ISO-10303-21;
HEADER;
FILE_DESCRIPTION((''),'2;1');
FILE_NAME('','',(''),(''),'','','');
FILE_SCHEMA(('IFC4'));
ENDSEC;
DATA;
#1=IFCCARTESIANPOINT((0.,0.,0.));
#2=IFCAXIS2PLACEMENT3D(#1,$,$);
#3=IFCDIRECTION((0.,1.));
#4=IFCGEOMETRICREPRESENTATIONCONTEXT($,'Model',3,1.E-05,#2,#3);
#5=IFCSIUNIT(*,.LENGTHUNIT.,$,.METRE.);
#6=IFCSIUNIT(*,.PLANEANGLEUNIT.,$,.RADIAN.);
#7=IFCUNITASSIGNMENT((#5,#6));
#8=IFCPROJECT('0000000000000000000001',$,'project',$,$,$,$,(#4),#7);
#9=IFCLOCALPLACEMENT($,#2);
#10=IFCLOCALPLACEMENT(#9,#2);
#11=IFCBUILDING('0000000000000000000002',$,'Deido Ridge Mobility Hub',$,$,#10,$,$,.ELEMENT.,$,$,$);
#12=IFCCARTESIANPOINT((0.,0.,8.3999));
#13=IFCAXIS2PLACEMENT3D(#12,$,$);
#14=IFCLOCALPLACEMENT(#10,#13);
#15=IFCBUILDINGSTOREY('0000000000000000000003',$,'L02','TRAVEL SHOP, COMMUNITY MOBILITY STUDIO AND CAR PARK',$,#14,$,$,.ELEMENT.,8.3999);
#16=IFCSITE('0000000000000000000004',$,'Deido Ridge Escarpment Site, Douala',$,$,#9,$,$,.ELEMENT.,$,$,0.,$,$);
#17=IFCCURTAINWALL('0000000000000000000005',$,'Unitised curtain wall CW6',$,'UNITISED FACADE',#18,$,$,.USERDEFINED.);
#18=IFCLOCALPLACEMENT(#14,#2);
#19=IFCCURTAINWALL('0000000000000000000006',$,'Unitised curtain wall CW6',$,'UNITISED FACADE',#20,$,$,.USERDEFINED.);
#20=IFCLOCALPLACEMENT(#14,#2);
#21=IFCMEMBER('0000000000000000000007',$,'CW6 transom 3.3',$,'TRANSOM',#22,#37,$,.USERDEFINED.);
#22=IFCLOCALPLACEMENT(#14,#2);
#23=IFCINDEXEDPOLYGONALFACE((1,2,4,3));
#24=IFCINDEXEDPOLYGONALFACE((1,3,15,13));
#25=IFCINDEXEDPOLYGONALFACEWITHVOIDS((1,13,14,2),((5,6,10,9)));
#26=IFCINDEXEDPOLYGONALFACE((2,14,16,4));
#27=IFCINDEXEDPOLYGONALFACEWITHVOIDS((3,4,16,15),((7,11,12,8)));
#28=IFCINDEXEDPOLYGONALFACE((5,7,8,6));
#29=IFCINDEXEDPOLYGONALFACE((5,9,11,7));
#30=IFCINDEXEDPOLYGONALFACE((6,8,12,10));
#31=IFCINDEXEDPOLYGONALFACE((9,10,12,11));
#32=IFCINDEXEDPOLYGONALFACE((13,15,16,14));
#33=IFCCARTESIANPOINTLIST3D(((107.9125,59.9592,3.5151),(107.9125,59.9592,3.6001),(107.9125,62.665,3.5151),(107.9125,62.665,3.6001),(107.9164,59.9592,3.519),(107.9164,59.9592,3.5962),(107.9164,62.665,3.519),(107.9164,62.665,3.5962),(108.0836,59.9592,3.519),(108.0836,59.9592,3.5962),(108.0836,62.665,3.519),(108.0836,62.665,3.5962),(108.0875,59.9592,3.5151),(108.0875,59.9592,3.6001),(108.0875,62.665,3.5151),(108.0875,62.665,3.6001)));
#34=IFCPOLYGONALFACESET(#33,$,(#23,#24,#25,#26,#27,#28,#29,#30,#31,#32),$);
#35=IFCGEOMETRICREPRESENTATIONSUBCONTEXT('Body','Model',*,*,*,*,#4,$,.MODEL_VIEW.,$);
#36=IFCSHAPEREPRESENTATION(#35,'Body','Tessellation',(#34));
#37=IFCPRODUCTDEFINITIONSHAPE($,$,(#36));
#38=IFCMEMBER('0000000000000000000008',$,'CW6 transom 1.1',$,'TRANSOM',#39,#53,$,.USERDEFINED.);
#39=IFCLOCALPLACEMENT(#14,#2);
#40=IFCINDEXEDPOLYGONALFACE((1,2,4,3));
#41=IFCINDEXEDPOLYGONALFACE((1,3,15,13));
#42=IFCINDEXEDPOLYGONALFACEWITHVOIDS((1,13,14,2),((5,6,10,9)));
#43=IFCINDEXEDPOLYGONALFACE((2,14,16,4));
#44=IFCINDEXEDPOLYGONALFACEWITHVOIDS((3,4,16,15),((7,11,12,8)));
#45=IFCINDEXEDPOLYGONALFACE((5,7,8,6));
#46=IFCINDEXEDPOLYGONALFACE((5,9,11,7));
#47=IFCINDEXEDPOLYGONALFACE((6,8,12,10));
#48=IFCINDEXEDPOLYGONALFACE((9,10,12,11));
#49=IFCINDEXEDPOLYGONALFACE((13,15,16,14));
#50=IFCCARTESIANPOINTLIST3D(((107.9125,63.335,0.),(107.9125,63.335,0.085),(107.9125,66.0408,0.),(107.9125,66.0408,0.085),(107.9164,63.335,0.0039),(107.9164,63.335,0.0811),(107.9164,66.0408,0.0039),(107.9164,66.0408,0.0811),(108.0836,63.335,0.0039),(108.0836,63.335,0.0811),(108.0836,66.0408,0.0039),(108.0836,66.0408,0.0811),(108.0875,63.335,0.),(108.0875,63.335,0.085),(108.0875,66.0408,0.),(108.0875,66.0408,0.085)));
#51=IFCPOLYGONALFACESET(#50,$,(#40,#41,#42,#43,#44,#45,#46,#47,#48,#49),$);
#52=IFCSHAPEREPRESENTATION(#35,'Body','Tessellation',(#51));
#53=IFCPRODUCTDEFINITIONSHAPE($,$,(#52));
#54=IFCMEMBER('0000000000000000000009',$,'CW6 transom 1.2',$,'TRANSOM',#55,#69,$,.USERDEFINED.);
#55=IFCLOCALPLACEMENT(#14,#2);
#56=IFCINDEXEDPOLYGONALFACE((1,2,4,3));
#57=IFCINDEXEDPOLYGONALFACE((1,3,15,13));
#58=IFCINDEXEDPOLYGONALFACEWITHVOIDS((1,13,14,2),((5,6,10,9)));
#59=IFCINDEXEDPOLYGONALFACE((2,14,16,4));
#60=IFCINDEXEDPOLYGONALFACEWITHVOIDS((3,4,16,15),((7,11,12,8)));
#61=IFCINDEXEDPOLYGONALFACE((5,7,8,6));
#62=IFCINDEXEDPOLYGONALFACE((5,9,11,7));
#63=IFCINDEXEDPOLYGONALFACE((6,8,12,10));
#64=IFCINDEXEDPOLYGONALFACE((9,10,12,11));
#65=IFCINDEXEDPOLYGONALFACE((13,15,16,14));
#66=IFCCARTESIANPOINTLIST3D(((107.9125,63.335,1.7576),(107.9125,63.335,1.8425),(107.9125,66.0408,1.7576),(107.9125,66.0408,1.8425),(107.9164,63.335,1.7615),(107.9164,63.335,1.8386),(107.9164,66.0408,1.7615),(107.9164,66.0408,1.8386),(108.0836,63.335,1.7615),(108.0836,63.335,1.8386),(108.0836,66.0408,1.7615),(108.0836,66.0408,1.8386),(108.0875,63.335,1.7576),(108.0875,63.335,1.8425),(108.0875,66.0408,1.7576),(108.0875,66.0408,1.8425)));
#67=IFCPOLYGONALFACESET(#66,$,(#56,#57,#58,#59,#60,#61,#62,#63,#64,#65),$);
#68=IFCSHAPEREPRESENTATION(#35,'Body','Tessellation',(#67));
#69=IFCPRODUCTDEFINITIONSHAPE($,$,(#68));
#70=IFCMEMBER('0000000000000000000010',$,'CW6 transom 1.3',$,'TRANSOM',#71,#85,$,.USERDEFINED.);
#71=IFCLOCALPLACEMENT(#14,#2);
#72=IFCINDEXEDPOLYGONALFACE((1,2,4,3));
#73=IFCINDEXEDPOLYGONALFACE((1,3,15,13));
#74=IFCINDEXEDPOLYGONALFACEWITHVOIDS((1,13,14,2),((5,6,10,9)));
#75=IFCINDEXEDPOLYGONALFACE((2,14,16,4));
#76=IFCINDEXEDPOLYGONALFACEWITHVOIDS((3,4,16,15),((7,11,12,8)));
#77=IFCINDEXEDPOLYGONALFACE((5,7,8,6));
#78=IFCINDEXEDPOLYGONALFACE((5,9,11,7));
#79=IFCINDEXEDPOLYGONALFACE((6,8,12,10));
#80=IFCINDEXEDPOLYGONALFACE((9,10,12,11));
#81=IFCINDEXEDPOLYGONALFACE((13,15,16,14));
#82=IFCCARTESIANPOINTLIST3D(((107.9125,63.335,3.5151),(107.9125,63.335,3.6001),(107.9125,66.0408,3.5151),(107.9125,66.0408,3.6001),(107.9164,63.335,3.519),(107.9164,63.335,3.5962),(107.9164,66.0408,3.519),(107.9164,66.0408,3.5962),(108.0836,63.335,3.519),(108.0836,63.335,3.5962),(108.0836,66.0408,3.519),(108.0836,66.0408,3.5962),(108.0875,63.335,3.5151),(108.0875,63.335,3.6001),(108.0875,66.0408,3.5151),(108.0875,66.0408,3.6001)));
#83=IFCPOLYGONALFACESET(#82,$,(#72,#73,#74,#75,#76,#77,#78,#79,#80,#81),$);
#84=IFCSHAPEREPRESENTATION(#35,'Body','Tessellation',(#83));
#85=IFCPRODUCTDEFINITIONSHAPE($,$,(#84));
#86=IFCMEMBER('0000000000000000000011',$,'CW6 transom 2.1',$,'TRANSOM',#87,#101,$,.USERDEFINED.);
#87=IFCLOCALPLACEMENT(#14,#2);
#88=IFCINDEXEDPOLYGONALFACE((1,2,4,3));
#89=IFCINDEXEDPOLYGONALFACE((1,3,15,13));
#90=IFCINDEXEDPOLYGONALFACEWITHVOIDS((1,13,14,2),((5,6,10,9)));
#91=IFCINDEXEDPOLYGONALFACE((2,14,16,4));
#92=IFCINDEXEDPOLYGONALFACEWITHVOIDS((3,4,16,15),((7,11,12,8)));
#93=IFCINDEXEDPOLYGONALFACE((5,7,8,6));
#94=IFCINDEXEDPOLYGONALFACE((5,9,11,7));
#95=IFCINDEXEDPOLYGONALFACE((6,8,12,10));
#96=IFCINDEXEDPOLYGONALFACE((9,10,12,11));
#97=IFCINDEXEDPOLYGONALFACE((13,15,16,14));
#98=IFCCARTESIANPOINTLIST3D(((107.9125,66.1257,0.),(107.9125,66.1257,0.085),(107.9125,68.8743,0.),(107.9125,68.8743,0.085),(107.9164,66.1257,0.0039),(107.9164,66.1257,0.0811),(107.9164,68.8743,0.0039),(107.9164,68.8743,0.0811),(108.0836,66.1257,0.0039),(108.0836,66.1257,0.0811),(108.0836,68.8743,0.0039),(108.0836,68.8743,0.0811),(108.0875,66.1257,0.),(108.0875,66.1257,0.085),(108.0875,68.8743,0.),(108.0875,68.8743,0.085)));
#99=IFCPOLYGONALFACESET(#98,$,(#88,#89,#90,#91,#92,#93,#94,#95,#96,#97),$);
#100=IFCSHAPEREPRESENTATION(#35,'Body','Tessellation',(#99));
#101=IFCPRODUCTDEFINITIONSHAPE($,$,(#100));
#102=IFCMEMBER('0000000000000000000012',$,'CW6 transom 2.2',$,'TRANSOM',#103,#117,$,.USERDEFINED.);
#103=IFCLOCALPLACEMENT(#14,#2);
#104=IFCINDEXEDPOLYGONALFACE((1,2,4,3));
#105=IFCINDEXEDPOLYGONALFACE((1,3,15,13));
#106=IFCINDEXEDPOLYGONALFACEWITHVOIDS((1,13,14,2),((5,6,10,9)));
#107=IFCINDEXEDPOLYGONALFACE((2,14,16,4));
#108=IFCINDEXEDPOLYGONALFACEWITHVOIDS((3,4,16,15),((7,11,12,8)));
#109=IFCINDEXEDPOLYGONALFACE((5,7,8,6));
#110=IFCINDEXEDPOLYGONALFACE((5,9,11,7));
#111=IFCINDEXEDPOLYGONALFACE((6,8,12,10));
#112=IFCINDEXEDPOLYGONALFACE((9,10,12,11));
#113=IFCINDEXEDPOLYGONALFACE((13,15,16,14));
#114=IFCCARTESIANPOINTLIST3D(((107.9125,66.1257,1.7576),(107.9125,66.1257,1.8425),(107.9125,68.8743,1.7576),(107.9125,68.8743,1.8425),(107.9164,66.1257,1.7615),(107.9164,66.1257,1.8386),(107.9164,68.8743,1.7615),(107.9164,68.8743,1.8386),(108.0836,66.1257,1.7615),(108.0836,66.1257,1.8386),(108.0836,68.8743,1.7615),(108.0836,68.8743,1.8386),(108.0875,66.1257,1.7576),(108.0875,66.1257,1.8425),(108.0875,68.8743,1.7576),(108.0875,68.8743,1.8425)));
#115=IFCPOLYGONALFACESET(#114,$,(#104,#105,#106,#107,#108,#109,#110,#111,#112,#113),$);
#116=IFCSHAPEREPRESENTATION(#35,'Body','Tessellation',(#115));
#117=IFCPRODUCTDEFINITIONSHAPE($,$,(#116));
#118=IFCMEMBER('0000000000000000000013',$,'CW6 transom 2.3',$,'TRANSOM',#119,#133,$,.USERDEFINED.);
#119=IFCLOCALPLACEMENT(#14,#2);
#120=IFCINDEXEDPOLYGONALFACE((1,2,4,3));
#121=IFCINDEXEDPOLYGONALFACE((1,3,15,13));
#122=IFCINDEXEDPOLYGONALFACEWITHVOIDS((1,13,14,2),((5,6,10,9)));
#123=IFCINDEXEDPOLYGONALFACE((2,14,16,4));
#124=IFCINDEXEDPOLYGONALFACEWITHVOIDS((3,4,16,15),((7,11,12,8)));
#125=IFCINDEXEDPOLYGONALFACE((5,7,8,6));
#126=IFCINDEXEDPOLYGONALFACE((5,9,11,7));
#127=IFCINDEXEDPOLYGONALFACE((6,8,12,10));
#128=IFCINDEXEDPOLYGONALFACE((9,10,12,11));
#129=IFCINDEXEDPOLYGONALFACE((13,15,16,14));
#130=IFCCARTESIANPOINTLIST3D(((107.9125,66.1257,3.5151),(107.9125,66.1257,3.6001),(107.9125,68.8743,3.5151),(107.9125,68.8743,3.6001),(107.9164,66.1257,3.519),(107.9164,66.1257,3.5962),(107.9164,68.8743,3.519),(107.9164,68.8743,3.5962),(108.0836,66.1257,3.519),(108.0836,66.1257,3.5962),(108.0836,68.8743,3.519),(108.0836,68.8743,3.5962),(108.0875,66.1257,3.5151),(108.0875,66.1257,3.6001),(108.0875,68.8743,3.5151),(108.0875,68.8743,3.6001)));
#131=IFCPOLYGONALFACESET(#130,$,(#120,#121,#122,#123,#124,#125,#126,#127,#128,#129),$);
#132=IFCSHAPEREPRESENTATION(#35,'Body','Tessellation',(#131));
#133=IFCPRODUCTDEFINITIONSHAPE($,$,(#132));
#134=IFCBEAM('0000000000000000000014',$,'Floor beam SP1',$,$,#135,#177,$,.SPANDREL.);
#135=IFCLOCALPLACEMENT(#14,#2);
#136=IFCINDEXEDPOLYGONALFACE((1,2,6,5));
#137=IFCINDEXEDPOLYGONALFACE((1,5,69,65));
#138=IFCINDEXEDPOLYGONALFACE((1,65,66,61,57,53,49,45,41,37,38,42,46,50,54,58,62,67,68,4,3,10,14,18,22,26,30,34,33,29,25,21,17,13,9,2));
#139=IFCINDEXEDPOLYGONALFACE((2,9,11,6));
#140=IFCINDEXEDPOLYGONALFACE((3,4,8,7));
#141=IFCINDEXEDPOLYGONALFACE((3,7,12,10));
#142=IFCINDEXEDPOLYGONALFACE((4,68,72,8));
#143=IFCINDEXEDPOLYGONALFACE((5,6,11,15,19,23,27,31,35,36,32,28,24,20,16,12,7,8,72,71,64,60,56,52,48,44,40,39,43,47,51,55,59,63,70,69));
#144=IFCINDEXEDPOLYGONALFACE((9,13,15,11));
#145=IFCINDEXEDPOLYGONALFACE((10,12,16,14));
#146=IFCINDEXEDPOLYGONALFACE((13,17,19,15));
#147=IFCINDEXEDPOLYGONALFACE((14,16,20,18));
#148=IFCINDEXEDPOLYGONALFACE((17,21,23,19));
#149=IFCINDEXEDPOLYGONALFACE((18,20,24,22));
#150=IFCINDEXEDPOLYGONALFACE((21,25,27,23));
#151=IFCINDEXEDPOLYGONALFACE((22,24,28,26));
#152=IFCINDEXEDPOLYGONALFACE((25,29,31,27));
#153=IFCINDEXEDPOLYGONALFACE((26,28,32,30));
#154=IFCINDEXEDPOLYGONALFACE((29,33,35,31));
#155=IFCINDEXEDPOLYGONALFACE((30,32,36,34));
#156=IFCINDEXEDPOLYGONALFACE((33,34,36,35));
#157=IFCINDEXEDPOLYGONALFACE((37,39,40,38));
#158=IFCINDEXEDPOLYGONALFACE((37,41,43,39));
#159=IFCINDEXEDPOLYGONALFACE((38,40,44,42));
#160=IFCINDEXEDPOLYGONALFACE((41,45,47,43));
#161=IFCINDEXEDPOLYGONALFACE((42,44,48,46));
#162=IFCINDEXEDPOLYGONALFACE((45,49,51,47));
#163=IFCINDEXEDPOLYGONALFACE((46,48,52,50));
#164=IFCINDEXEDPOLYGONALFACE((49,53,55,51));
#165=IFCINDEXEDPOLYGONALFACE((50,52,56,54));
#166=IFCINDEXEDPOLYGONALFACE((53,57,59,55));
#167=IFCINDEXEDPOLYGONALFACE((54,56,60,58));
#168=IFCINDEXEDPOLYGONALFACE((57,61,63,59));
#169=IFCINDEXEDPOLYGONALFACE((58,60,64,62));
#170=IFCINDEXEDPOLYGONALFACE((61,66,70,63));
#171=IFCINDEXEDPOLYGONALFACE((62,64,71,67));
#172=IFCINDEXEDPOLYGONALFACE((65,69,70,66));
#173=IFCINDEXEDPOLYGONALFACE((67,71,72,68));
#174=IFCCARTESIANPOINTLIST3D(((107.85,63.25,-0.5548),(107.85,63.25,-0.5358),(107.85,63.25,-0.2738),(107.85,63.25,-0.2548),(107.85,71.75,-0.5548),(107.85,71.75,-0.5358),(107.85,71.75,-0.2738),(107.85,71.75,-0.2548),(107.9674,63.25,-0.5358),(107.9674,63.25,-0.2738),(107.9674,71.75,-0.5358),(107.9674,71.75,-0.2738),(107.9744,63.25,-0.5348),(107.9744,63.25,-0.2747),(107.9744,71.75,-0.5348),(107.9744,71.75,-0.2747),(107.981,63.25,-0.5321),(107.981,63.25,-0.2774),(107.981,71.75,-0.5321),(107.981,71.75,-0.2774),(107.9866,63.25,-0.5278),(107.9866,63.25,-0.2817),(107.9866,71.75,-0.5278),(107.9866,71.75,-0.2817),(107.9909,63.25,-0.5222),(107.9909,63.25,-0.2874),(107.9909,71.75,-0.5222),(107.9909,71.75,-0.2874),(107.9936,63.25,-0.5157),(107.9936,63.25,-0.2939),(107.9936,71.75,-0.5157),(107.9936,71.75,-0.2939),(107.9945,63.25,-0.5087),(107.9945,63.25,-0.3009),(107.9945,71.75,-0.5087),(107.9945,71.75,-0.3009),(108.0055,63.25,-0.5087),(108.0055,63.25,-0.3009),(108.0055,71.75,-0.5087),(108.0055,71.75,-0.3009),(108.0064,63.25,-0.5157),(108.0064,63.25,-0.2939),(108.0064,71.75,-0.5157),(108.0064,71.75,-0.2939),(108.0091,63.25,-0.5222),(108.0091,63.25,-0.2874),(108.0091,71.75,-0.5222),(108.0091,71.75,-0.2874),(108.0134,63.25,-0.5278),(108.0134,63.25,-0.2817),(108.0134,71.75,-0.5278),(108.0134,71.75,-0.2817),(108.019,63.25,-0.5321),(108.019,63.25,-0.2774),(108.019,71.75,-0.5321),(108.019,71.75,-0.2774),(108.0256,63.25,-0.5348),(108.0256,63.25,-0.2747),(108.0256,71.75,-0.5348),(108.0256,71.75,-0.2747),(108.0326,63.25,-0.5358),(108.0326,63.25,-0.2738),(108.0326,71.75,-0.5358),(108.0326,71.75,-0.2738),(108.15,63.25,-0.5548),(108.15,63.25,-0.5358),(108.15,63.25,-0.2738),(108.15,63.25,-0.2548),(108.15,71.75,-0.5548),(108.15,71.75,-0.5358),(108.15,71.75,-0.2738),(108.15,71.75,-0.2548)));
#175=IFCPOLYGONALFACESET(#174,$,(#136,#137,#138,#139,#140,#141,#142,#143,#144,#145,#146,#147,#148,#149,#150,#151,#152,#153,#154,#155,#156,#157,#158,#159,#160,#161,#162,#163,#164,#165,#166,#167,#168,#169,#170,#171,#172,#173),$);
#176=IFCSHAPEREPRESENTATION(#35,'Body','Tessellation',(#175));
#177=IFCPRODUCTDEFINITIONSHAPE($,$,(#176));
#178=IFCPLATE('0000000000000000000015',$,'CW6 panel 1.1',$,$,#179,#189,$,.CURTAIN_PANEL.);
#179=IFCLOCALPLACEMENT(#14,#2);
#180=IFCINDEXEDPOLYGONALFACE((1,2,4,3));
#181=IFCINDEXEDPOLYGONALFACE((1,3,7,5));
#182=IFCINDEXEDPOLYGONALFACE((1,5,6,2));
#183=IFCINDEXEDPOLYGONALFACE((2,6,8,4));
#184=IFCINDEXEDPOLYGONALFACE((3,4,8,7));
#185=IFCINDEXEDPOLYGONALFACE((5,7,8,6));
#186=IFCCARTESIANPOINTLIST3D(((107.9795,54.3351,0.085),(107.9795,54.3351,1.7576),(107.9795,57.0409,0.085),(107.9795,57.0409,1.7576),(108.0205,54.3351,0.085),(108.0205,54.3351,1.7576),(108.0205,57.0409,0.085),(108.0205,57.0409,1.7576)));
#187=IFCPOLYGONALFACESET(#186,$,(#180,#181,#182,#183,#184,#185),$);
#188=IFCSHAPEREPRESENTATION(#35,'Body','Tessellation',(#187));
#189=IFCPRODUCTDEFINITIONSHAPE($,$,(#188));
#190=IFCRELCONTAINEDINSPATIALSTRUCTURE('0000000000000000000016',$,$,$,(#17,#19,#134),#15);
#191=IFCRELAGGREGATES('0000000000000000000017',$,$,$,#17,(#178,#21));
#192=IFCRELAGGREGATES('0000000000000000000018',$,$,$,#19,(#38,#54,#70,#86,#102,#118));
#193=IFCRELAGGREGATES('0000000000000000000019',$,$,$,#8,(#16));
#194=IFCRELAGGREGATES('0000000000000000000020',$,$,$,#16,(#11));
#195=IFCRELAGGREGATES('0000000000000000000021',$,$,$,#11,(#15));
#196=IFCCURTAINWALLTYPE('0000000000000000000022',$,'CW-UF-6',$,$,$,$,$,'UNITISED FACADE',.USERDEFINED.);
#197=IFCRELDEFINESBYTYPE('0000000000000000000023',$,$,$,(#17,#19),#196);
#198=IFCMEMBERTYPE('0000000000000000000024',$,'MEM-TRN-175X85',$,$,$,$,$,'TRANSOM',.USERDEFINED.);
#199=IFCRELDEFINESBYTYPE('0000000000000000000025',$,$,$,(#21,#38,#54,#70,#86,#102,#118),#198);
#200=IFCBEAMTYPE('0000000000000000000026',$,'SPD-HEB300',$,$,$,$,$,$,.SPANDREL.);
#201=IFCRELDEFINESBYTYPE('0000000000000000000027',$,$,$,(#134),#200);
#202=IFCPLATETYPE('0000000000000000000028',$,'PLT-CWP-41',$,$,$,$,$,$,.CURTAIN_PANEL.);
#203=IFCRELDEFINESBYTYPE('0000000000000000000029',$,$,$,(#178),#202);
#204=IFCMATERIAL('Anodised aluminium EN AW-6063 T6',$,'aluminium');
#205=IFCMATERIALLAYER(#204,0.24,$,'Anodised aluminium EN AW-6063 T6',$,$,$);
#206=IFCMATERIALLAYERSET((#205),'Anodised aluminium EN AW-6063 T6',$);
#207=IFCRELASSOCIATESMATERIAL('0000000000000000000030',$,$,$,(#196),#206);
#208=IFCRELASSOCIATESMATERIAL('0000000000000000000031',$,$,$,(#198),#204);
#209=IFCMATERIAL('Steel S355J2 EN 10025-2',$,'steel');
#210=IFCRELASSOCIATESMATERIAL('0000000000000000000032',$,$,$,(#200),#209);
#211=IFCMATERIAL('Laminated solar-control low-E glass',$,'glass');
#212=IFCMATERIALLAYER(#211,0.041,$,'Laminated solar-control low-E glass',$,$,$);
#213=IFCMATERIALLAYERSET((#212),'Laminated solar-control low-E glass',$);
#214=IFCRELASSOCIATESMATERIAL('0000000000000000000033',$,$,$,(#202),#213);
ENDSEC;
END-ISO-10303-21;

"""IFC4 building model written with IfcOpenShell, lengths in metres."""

from ifc_helpers import new_model, si_unit, direction, frame, origin, origin_2d, place, context, subcontext, project, spatial, rectangle, hollow_rectangle, i_section, extrude, material, layer, layer_set, material_profile, profile_set, type_object, element, aggregate, save


model = new_model("IFC4")

# Units and contexts
model_context = context("Model", 3, precision=1e-05, world=origin(), true_north=direction((0.0, 1.0)))
body_context = subcontext(model_context, "Body", "Model", "MODEL_VIEW")
ifc_project = project(units=[si_unit("LENGTHUNIT", "METRE"), si_unit("PLANEANGLEUNIT", "RADIAN")], contexts=[model_context])

# Site, building, storey
site_placement = place(None, origin())
site = spatial("IfcSite", under=ifc_project, at=site_placement, Name="Deido Ridge Escarpment Site, Douala", CompositionType="ELEMENT", RefElevation=0.0)
building_placement = place(site_placement, origin())
building = spatial("IfcBuilding", under=site, at=building_placement, Name="Deido Ridge Mobility Hub", CompositionType="ELEMENT")
storey_placement = place(building_placement, frame((0.0, 0.0, 8.3999)))
storey = spatial("IfcBuildingStorey", under=building, at=storey_placement, Name="L02", Description="TRAVEL SHOP, COMMUNITY MOBILITY STUDIO AND CAR PARK", CompositionType="ELEMENT", Elevation=8.3999)

# Shared definitions
ifc_material_1 = material(Name="Steel S355J2 EN 10025-2", Category="steel")

# Curtain walls
ifc_material_2 = material(Name="Anodised aluminium EN AW-6063 T6", Category="aluminium")
ifc_layer_1 = layer(ifc_material_2, 0.24, Name="Anodised aluminium EN AW-6063 T6")
ifc_layer_set_1 = layer_set([ifc_layer_1], Name="Anodised aluminium EN AW-6063 T6")
curtain_wall_type = type_object("IfcCurtainWallType", Name="CW-UF-6", ElementType="UNITISED FACADE", PredefinedType="USERDEFINED", material=ifc_layer_set_1)
curtain_wall_1_placement = place(storey_placement, origin())
curtain_wall_1 = element("IfcCurtainWall", 1, at=curtain_wall_1_placement, inside=storey, type_object=curtain_wall_type, Name="Unitised curtain wall CW6", ObjectType="UNITISED FACADE", PredefinedType="USERDEFINED")
curtain_wall_2_placement = place(storey_placement, origin())
curtain_wall_2 = element("IfcCurtainWall", 2, at=curtain_wall_2_placement, inside=storey, type_object=curtain_wall_type, Name="Unitised curtain wall CW6", ObjectType="UNITISED FACADE", PredefinedType="USERDEFINED")

# Members
ifc_material_profile_1 = material_profile(ifc_material_2, hollow_rectangle(XDim=0.175, YDim=0.085, WallThickness=0.0039, at=origin_2d()), Name="RHS 175x85x4")
ifc_profile_set_1 = profile_set([ifc_material_profile_1], Name="Anodised aluminium EN AW-6063 T6")
member_type_1 = type_object("IfcMemberType", Name="MEM-TRN-175X85", ElementType="TRANSOM", PredefinedType="USERDEFINED", material=ifc_profile_set_1)
member_1_placement = place(storey_placement, frame((108.0, 59.9592, 3.5576), z_axis=(0.0, 1.0, 0.0), x_axis=(-1.0, 0.0, 0.0)))
member_1 = element("IfcMember", 3, at=member_1_placement, type_object=member_type_1, Name="CW6 transom 3.3", ObjectType="TRANSOM", PredefinedType="USERDEFINED", context=body_context, shape_type="SweptSolid", body=[
    extrude(hollow_rectangle(XDim=0.175, YDim=0.085, WallThickness=0.0039, at=origin_2d()), origin(), (0.0, 0.0, 1.0), 2.7058),
])
member_2_placement = place(storey_placement, frame((108.0, 63.335, 0.0425), z_axis=(0.0, 1.0, 0.0), x_axis=(-1.0, 0.0, 0.0)))
member_2 = element("IfcMember", 4, at=member_2_placement, type_object=member_type_1, Name="CW6 transom 1.1", ObjectType="TRANSOM", PredefinedType="USERDEFINED", context=body_context, shape_type="SweptSolid", body=[
    extrude(hollow_rectangle(XDim=0.175, YDim=0.085, WallThickness=0.0039, at=origin_2d()), origin(), (0.0, 0.0, 1.0), 2.7058),
])
member_3_placement = place(storey_placement, frame((108.0, 63.335, 1.8), z_axis=(0.0, 1.0, 0.0), x_axis=(-1.0, 0.0, 0.0)))
member_3 = element("IfcMember", 5, at=member_3_placement, type_object=member_type_1, Name="CW6 transom 1.2", ObjectType="TRANSOM", PredefinedType="USERDEFINED", context=body_context, shape_type="SweptSolid", body=[
    extrude(hollow_rectangle(XDim=0.175, YDim=0.085, WallThickness=0.0039, at=origin_2d()), origin(), (0.0, 0.0, 1.0), 2.7058),
])
member_4_placement = place(storey_placement, frame((108.0, 63.335, 3.5576), z_axis=(0.0, 1.0, 0.0), x_axis=(-1.0, 0.0, 0.0)))
member_4 = element("IfcMember", 6, at=member_4_placement, type_object=member_type_1, Name="CW6 transom 1.3", ObjectType="TRANSOM", PredefinedType="USERDEFINED", context=body_context, shape_type="SweptSolid", body=[
    extrude(hollow_rectangle(XDim=0.175, YDim=0.085, WallThickness=0.0039, at=origin_2d()), origin(), (0.0, 0.0, 1.0), 2.7058),
])
member_5_placement = place(storey_placement, frame((108.0, 66.1257, 0.0425), z_axis=(0.0, 1.0, 0.0), x_axis=(-1.0, 0.0, 0.0)))
member_5 = element("IfcMember", 7, at=member_5_placement, type_object=member_type_1, Name="CW6 transom 2.1", ObjectType="TRANSOM", PredefinedType="USERDEFINED", context=body_context, shape_type="SweptSolid", body=[
    extrude(hollow_rectangle(XDim=0.175, YDim=0.085, WallThickness=0.0039, at=origin_2d()), origin(), (0.0, 0.0, 1.0), 2.7485),
])
member_6_placement = place(storey_placement, frame((108.0, 66.1257, 1.8), z_axis=(0.0, 1.0, 0.0), x_axis=(-1.0, 0.0, 0.0)))
member_6 = element("IfcMember", 8, at=member_6_placement, type_object=member_type_1, Name="CW6 transom 2.2", ObjectType="TRANSOM", PredefinedType="USERDEFINED", context=body_context, shape_type="SweptSolid", body=[
    extrude(hollow_rectangle(XDim=0.175, YDim=0.085, WallThickness=0.0039, at=origin_2d()), origin(), (0.0, 0.0, 1.0), 2.7485),
])
member_7_placement = place(storey_placement, frame((108.0, 66.1257, 3.5576), z_axis=(0.0, 1.0, 0.0), x_axis=(-1.0, 0.0, 0.0)))
member_7 = element("IfcMember", 9, at=member_7_placement, type_object=member_type_1, Name="CW6 transom 2.3", ObjectType="TRANSOM", PredefinedType="USERDEFINED", context=body_context, shape_type="SweptSolid", body=[
    extrude(hollow_rectangle(XDim=0.175, YDim=0.085, WallThickness=0.0039, at=origin_2d()), origin(), (0.0, 0.0, 1.0), 2.7485),
])

# Beam
ifc_material_profile_2 = material_profile(ifc_material_1, i_section(OverallWidth=0.3, OverallDepth=0.3, WebThickness=0.011, FlangeThickness=0.019, FilletRadius=0.0271, at=origin_2d()), Name="HEB 300")
ifc_profile_set_2 = profile_set([ifc_material_profile_2], Name="Steel S355J2 EN 10025-2")
beam_type_1 = type_object("IfcBeamType", Name="SPD-HEB300", PredefinedType="SPANDREL", material=ifc_profile_set_2)
beam_1_placement = place(storey_placement, frame((108.0, 63.25, -0.4048), z_axis=(0.0, 1.0, 0.0), x_axis=(-1.0, 0.0, 0.0)))
element("IfcBeam", 10, at=beam_1_placement, inside=storey, type_object=beam_type_1, Name="Floor beam SP1", PredefinedType="SPANDREL", context=body_context, shape_type="SweptSolid", body=[
    extrude(i_section(OverallWidth=0.3, OverallDepth=0.3, WebThickness=0.011, FlangeThickness=0.019, FilletRadius=0.0271, at=origin_2d()), origin(), (0.0, 0.0, 1.0), 8.5),
])

# Plate
ifc_material_3 = material(Name="Laminated solar-control low-E glass", Category="glass")
ifc_layer_2 = layer(ifc_material_3, 0.041, Name="Laminated solar-control low-E glass")
ifc_layer_set_2 = layer_set([ifc_layer_2], Name="Laminated solar-control low-E glass")
plate_type = type_object("IfcPlateType", Name="PLT-CWP-41", PredefinedType="CURTAIN_PANEL", material=ifc_layer_set_2)
plate_1_placement = place(storey_placement, frame((108.0, 55.688, 0.085), z_axis=(0.0, 0.0, 1.0), x_axis=(0.0, 1.0, 0.0)))
plate_1 = element("IfcPlate", 11, at=plate_1_placement, type_object=plate_type, Name="CW6 panel 1.1", PredefinedType="CURTAIN_PANEL", context=body_context, shape_type="SweptSolid", body=[
    extrude(rectangle(XDim=2.7058, YDim=0.041, at=origin_2d()), origin(), (0.0, 0.0, 1.0), 1.6726),
])
aggregate(curtain_wall_1, [plate_1, member_1])
aggregate(curtain_wall_2, [member_2, member_3, member_4, member_5, member_6, member_7])

save(model, "model.ifc")
